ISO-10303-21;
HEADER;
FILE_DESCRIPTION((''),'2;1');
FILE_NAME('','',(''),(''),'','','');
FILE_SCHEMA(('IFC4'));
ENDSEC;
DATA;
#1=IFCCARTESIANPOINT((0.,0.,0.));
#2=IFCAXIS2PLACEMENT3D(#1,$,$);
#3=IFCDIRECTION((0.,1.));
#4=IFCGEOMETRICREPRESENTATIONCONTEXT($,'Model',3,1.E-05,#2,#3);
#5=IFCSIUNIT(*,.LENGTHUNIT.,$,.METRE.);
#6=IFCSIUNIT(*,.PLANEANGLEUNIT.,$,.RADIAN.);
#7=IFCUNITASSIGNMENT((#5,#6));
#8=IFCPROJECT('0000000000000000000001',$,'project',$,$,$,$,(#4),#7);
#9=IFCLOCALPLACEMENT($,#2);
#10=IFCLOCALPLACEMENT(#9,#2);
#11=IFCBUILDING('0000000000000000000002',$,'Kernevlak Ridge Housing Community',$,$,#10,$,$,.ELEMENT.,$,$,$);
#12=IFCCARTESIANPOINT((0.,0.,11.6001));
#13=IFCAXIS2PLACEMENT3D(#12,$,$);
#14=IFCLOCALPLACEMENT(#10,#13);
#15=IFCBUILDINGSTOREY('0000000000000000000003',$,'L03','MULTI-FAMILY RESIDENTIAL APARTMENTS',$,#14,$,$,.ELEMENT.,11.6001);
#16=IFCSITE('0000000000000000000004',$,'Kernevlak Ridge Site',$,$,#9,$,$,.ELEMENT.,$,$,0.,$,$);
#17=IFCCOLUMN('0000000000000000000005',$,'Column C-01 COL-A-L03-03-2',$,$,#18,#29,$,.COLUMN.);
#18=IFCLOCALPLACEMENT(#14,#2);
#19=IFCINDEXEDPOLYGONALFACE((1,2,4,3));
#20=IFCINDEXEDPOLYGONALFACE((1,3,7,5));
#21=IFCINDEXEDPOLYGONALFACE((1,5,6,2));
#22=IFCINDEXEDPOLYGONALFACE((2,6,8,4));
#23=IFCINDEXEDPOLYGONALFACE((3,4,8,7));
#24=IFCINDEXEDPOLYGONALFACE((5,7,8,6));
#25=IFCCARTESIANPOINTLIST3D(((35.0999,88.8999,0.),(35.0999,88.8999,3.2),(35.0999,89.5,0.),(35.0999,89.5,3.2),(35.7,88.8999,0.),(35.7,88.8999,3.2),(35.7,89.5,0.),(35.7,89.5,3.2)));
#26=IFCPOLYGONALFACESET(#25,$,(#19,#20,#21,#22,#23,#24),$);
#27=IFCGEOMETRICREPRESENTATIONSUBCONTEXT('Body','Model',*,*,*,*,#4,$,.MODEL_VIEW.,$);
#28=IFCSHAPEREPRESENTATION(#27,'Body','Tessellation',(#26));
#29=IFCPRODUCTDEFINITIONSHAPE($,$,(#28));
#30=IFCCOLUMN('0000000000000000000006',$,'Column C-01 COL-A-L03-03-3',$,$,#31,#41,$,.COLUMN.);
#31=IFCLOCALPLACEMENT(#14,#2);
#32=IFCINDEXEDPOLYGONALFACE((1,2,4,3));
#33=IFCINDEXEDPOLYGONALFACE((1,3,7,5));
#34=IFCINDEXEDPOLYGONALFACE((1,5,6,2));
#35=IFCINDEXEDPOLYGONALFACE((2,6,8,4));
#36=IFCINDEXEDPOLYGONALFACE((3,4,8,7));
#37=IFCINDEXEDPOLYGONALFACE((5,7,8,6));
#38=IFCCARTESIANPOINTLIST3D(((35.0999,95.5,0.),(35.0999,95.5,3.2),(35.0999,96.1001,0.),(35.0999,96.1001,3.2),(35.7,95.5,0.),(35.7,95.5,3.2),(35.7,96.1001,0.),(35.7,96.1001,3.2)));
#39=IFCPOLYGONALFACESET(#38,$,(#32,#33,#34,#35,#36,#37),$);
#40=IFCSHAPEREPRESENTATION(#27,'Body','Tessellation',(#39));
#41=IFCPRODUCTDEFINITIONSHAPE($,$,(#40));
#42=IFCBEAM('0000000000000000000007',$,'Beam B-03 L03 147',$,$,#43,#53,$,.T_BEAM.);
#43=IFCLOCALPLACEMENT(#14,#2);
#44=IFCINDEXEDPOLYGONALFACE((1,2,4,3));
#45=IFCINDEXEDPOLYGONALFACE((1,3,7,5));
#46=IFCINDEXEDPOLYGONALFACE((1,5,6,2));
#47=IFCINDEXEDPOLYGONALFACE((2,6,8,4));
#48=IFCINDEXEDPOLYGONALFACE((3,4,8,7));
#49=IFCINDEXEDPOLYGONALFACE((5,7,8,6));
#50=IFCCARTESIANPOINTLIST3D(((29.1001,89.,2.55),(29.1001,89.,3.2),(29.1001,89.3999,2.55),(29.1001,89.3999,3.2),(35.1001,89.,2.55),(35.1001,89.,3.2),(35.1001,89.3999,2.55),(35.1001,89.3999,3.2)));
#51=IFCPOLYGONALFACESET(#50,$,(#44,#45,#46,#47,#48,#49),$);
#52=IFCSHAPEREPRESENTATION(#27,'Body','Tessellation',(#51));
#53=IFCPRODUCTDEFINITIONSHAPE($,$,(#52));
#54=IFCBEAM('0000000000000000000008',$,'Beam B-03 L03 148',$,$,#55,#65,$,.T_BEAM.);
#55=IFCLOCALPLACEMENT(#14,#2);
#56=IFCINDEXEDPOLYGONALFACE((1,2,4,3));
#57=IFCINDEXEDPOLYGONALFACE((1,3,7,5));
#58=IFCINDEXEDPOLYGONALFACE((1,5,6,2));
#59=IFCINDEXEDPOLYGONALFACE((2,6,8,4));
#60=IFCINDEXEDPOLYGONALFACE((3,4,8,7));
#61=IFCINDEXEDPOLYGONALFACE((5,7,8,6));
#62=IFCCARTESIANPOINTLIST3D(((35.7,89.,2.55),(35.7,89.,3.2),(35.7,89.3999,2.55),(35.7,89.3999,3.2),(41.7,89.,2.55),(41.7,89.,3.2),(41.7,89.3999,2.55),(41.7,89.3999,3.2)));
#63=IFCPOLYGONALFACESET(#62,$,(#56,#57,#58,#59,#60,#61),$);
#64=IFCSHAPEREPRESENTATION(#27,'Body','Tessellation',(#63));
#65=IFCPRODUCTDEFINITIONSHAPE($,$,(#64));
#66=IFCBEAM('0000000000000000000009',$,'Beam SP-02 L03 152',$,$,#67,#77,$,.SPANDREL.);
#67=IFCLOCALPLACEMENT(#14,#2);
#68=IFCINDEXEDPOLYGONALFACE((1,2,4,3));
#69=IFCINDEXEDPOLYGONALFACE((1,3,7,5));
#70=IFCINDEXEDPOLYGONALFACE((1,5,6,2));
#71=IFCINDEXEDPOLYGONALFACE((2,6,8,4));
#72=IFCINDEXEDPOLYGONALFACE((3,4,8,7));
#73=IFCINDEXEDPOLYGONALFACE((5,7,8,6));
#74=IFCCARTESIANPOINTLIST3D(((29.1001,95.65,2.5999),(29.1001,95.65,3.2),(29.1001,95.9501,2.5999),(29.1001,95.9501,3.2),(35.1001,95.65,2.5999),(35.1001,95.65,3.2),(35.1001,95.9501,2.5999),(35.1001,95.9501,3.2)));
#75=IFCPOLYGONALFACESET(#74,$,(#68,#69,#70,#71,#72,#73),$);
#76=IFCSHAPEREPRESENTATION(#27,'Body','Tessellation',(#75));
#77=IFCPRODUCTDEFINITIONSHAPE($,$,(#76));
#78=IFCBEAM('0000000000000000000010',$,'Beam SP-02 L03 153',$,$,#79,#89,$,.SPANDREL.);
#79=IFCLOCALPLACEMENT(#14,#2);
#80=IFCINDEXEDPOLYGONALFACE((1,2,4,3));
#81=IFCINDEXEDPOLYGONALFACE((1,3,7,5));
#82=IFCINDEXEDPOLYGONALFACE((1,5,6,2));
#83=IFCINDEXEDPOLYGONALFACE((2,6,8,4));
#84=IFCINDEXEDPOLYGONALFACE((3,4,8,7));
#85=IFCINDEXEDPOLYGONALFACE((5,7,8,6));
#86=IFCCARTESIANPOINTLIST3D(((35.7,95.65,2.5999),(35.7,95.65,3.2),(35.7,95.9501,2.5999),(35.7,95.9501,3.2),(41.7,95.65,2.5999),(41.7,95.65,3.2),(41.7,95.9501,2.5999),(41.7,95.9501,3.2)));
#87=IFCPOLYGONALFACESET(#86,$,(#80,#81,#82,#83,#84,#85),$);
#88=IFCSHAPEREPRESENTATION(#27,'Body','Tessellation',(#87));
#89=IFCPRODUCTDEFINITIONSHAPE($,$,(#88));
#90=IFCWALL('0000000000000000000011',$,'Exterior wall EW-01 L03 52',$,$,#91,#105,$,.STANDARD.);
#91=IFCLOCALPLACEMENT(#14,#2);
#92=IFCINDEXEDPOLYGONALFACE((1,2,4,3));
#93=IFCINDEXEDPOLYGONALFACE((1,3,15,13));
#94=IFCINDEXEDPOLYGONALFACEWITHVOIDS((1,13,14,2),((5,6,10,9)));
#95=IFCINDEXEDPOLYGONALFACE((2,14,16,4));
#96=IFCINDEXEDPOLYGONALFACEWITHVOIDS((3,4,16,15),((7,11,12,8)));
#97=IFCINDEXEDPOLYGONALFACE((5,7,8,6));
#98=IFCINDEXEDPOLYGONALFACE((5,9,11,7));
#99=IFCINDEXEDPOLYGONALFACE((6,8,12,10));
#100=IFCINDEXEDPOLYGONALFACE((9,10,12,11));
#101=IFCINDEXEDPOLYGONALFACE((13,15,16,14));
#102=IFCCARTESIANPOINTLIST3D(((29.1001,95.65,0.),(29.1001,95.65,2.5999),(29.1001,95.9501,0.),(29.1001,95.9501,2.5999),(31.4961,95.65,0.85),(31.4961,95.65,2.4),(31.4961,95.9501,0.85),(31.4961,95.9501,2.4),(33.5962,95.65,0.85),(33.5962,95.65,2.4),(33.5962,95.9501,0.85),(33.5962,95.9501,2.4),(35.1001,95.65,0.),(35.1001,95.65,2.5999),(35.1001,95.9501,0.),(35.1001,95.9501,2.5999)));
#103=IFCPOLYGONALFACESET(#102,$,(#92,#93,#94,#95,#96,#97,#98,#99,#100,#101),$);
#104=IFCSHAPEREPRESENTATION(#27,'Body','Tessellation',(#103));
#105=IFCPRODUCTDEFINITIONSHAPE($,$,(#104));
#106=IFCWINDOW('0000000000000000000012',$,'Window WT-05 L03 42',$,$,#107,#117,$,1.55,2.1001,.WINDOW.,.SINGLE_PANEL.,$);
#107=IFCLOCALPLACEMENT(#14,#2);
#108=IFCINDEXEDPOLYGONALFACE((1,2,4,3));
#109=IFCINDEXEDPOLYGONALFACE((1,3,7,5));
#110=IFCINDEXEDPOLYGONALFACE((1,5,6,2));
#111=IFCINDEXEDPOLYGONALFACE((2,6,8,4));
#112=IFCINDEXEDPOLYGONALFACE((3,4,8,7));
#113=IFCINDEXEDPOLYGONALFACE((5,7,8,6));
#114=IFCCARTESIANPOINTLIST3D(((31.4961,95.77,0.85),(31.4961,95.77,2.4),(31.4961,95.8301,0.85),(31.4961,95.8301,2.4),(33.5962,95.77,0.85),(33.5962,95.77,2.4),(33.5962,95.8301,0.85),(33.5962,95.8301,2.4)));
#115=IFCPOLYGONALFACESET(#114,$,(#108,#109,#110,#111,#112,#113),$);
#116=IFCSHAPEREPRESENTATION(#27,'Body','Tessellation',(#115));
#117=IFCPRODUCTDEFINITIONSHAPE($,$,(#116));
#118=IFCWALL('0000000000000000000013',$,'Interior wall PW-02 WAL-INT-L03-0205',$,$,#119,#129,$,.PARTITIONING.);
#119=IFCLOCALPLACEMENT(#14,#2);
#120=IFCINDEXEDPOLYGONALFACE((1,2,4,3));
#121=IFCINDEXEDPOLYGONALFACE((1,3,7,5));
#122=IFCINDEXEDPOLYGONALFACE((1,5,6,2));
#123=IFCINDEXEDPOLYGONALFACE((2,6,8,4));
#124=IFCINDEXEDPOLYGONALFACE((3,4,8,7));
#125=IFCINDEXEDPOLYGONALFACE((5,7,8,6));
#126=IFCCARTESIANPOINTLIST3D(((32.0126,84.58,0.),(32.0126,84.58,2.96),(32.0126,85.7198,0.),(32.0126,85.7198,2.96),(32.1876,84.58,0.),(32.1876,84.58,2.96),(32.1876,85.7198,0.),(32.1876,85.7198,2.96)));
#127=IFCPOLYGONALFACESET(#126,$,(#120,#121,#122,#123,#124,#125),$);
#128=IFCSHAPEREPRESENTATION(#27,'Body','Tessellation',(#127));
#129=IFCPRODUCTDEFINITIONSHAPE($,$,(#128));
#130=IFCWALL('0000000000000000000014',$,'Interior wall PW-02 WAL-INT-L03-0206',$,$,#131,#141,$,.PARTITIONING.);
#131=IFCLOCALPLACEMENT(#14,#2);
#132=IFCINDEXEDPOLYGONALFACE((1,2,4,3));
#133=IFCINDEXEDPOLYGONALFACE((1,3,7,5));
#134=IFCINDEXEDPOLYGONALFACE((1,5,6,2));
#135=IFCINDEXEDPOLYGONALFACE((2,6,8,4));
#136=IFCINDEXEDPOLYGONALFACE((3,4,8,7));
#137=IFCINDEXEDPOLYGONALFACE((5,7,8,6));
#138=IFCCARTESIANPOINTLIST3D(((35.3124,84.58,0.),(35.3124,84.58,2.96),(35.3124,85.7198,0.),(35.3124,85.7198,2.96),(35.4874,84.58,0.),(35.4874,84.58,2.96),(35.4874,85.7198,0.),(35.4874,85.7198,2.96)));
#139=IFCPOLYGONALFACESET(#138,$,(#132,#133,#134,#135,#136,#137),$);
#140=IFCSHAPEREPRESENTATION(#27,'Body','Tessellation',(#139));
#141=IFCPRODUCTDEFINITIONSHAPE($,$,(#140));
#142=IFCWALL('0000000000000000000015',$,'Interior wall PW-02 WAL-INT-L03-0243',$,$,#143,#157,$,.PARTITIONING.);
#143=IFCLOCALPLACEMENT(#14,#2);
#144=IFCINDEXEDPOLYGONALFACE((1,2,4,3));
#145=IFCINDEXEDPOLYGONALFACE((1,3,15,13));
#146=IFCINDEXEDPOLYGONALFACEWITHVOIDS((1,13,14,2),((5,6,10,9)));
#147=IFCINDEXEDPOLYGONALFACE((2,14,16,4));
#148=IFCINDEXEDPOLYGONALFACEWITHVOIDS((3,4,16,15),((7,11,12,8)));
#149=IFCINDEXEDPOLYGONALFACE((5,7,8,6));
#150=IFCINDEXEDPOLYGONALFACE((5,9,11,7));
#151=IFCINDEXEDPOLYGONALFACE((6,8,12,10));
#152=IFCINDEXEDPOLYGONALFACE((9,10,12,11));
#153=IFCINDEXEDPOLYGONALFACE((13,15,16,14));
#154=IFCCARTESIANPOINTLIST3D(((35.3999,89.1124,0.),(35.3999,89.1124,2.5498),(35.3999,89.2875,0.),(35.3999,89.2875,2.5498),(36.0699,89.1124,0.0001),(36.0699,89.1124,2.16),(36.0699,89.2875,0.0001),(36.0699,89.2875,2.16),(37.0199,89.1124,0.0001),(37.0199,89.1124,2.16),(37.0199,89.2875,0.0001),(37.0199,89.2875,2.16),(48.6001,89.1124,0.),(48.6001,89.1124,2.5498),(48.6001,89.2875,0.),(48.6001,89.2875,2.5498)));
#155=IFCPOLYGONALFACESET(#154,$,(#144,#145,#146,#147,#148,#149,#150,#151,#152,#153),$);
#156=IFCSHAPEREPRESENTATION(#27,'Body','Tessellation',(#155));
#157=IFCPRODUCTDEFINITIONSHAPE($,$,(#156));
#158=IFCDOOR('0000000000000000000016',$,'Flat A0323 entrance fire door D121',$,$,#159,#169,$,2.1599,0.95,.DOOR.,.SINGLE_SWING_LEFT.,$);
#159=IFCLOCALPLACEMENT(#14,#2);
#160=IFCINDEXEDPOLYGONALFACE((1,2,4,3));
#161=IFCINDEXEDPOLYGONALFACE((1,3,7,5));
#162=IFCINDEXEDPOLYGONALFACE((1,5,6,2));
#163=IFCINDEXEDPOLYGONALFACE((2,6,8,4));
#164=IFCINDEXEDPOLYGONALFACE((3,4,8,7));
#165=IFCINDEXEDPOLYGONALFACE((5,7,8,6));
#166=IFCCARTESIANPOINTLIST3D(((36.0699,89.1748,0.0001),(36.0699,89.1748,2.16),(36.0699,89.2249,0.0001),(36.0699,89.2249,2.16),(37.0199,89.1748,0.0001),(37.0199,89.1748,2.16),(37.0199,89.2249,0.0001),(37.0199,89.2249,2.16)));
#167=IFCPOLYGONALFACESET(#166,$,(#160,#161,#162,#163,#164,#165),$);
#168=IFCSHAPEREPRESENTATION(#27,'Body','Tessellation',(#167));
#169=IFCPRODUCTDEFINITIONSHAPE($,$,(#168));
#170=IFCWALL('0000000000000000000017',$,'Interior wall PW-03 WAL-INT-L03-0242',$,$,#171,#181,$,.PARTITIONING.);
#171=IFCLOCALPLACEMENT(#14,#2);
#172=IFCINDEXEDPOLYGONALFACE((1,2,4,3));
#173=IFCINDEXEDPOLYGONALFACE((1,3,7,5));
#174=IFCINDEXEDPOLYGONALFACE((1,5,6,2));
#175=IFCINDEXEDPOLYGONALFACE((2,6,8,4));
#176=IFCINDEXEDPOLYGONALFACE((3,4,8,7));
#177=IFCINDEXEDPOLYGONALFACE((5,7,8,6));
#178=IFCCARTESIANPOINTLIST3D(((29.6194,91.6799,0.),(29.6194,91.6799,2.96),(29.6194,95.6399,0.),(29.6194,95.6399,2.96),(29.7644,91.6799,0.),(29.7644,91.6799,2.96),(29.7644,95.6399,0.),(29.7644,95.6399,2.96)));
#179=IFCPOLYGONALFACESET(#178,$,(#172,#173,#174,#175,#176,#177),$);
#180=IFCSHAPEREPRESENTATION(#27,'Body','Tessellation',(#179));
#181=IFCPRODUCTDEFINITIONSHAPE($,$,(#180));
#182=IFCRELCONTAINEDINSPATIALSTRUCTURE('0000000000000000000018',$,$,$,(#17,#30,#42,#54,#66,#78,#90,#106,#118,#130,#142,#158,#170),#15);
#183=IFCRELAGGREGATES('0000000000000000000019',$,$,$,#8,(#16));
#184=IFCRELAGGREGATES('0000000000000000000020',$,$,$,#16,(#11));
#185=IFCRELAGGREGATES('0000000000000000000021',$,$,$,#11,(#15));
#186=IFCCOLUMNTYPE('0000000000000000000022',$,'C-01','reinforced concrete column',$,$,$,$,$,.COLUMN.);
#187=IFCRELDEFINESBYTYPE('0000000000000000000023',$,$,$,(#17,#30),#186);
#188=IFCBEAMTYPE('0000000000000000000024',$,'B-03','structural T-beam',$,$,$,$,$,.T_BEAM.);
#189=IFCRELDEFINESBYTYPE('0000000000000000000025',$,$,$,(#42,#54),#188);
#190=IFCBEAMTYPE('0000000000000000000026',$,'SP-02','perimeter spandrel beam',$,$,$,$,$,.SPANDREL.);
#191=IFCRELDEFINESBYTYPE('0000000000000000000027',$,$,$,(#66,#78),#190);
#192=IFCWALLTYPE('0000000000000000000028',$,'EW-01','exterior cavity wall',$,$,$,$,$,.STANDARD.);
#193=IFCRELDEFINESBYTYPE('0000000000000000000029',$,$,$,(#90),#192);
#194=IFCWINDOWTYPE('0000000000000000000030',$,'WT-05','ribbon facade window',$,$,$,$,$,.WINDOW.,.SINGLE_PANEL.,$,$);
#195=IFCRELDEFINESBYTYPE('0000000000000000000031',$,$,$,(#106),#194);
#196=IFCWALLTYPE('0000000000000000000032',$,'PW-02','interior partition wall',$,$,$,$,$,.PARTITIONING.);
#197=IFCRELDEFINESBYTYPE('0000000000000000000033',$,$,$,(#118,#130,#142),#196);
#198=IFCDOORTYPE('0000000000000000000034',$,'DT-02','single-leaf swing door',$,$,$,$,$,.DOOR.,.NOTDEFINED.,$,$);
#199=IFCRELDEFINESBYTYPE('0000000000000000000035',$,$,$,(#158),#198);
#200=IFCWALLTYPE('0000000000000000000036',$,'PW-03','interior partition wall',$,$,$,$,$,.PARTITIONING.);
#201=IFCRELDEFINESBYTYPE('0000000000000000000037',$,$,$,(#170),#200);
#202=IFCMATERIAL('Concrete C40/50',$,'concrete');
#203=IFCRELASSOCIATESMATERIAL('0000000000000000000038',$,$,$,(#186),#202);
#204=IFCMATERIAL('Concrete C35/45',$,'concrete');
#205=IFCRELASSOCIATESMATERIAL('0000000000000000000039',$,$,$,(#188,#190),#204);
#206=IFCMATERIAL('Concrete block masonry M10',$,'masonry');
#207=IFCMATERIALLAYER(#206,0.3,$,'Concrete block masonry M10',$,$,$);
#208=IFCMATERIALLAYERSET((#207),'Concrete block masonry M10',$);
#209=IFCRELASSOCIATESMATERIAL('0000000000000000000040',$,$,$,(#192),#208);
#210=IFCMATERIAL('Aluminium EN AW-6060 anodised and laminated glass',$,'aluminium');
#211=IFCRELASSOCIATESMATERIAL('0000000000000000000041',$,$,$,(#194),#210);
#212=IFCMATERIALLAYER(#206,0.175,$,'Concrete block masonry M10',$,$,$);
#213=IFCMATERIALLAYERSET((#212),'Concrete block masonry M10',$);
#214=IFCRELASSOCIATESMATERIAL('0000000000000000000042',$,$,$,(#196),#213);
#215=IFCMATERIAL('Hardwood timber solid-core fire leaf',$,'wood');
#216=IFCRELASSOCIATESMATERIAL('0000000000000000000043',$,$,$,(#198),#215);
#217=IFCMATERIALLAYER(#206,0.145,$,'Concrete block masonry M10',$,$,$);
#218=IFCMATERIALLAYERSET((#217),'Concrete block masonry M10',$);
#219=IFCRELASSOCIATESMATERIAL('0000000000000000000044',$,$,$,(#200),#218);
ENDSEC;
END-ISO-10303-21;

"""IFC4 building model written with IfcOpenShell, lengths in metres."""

from ifc_helpers import new_model, si_unit, direction, frame, frame_2d, origin, origin_2d, place, context, subcontext, project, spatial, rectangle, extrude, material, layer, layer_set, material_profile, profile_set, type_object, element, fill, save


model = new_model("IFC4")

# Units and contexts
model_context = context("Model", 3, precision=1e-05, world=origin(), true_north=direction((0.0, 1.0)))
body_context = subcontext(model_context, "Body", "Model", "MODEL_VIEW")
ifc_project = project(units=[si_unit("LENGTHUNIT", "METRE"), si_unit("PLANEANGLEUNIT", "RADIAN")], contexts=[model_context])

# Site, building, storey
site_placement = place(None, origin())
site = spatial("IfcSite", under=ifc_project, at=site_placement, Name="Kernevlak Ridge Site", CompositionType="ELEMENT", RefElevation=0.0)
building_placement = place(site_placement, origin())
building = spatial("IfcBuilding", under=site, at=building_placement, Name="Kernevlak Ridge Housing Community", CompositionType="ELEMENT")
storey_placement = place(building_placement, frame((0.0, 0.0, 11.6001)))
storey = spatial("IfcBuildingStorey", under=building, at=storey_placement, Name="L03", Description="MULTI-FAMILY RESIDENTIAL APARTMENTS", CompositionType="ELEMENT", Elevation=11.6001)

# Columns
ifc_material_1 = material(Name="Concrete C40/50", Category="concrete")
ifc_material_profile_1 = material_profile(ifc_material_1, rectangle(XDim=0.6001, YDim=0.6001, at=origin_2d()), Name="RC 600x600")
ifc_profile_set_1 = profile_set([ifc_material_profile_1], Name="Concrete C40/50")
column_type = type_object("IfcColumnType", Name="C-01", Description="reinforced concrete column", PredefinedType="COLUMN", material=ifc_profile_set_1)
for number, where, z_axis, x_axis, name in (
    (1, (35.3999, 89.2, 0.0), (0.0, 0.0, 1.0), (1.0, 0.0, 0.0), "Column C-01 COL-A-L03-03-2"),
    (2, (35.3999, 95.8, 0.0), (0.0, 0.0, 1.0), (1.0, 0.0, 0.0), "Column C-01 COL-A-L03-03-3"),
):
    element("IfcColumn", number, at=place(storey_placement, frame(where, z_axis=z_axis, x_axis=x_axis)), inside=storey, type_object=column_type, Name=name, PredefinedType="COLUMN", context=body_context, shape_type="SweptSolid", body=[
        extrude(rectangle(XDim=0.6001, YDim=0.6001, at=origin_2d()), origin(), (0.0, 0.0, 1.0), 3.2),
    ])

# Beams
ifc_material_2 = material(Name="Concrete C35/45", Category="concrete")
ifc_material_profile_2 = material_profile(ifc_material_2, rectangle(XDim=0.3999, YDim=0.6499, at=origin_2d()), Name="RC 400x650")
ifc_profile_set_2 = profile_set([ifc_material_profile_2], Name="Concrete C35/45")
beam_type_1 = type_object("IfcBeamType", Name="B-03", Description="structural T-beam", PredefinedType="T_BEAM", material=ifc_profile_set_2)
for number, where, z_axis, x_axis, name in (
    (3, (29.1001, 89.2, 2.875), (1.0, 0.0, 0.0), (0.0, 1.0, 0.0), "Beam B-03 L03 147"),
    (4, (35.7, 89.2, 2.875), (1.0, 0.0, 0.0), (0.0, 1.0, 0.0), "Beam B-03 L03 148"),
):
    element("IfcBeam", number, at=place(storey_placement, frame(where, z_axis=z_axis, x_axis=x_axis)), inside=storey, type_object=beam_type_1, Name=name, PredefinedType="T_BEAM", context=body_context, shape_type="SweptSolid", body=[
        extrude(rectangle(XDim=0.3999, YDim=0.6499, at=origin_2d()), origin(), (0.0, 0.0, 1.0), 6.0),
    ])
ifc_material_profile_3 = material_profile(ifc_material_2, rectangle(XDim=0.3, YDim=0.6001, at=origin_2d()), Name="RC 300x600")
ifc_profile_set_3 = profile_set([ifc_material_profile_3], Name="Concrete C35/45")
beam_type_2 = type_object("IfcBeamType", Name="SP-02", Description="perimeter spandrel beam", PredefinedType="SPANDREL", material=ifc_profile_set_3)
for number, where, z_axis, x_axis, name in (
    (5, (29.1001, 95.8, 2.8999), (1.0, 0.0, 0.0), (0.0, 1.0, 0.0), "Beam SP-02 L03 152"),
    (6, (35.7, 95.8, 2.8999), (1.0, 0.0, 0.0), (0.0, 1.0, 0.0), "Beam SP-02 L03 153"),
):
    element("IfcBeam", number, at=place(storey_placement, frame(where, z_axis=z_axis, x_axis=x_axis)), inside=storey, type_object=beam_type_2, Name=name, PredefinedType="SPANDREL", context=body_context, shape_type="SweptSolid", body=[
        extrude(rectangle(XDim=0.3, YDim=0.6001, at=origin_2d()), origin(), (0.0, 0.0, 1.0), 6.0),
    ])

# Wall, opening, window
ifc_material_3 = material(Name="Concrete block masonry M10", Category="masonry")
ifc_layer_1 = layer(ifc_material_3, 0.3, Name="Concrete block masonry M10")
ifc_layer_set_1 = layer_set([ifc_layer_1], Name="Concrete block masonry M10")
wall_type_1 = type_object("IfcWallType", Name="EW-01", Description="exterior cavity wall", PredefinedType="STANDARD", material=ifc_layer_set_1)
wall_1_placement = place(storey_placement, frame((29.1001, 95.8, 0.0), z_axis=(0.0, 0.0, 1.0), x_axis=(1.0, 0.0, 0.0)))
wall_1 = element("IfcWall", 7, at=wall_1_placement, inside=storey, type_object=wall_type_1, Name="Exterior wall EW-01 L03 52", PredefinedType="STANDARD", context=body_context, shape_type="SweptSolid", body=[
    extrude(rectangle(XDim=6.0, YDim=0.3, at=frame_2d((3.0, 0.0))), origin(), (0.0, 0.0, 1.0), 2.5999),
])
opening_1_placement = place(wall_1_placement, frame((2.396, 0.0, 0.8501)))
opening_1 = element("IfcOpeningElement", 8, at=opening_1_placement, cuts=wall_1, PredefinedType="OPENING", context=body_context, shape_type="SweptSolid", body=[
    extrude(rectangle(XDim=2.1001, YDim=1.55, at=frame_2d((1.05, 0.7749))), frame((0.0, 0.1599, 0.0), z_axis=(0.0, -1.0, 0.0), x_axis=(1.0, 0.0, 0.0)), (0.0, 0.0, 1.0), 0.3201),
])
ifc_material_4 = material(Name="Aluminium EN AW-6060 anodised and laminated glass", Category="aluminium")
window_type = type_object("IfcWindowType", Name="WT-05", Description="ribbon facade window", PartitioningType="SINGLE_PANEL", PredefinedType="WINDOW", material=ifc_material_4)
window_placement = place(opening_1_placement, origin())
window = element("IfcWindow", 9, at=window_placement, inside=storey, type_object=window_type, Name="Window WT-05 L03 42", OverallHeight=1.55, OverallWidth=2.1001, PartitioningType="SINGLE_PANEL", PredefinedType="WINDOW", context=body_context, shape_type="SweptSolid", body=[
    extrude(rectangle(XDim=2.1001, YDim=1.55, at=frame_2d((1.05, 0.7749))), frame((0.0, 0.03, 0.0), z_axis=(0.0, -1.0, 0.0), x_axis=(1.0, 0.0, 0.0)), (0.0, 0.0, 1.0), 0.0601),
])
fill(opening_1, window)

# Walls
ifc_layer_2 = layer(ifc_material_3, 0.175, Name="Concrete block masonry M10")
ifc_layer_set_2 = layer_set([ifc_layer_2], Name="Concrete block masonry M10")
wall_type_2 = type_object("IfcWallType", Name="PW-02", Description="interior partition wall", PredefinedType="PARTITIONING", material=ifc_layer_set_2)
for number, where, z_axis, x_axis, name in (
    (10, (32.1001, 84.5801, 0.0), (0.0, 0.0, 1.0), (0.0, 1.0, 0.0), "Interior wall PW-02 WAL-INT-L03-0205"),
    (11, (35.3999, 84.5801, 0.0), (0.0, 0.0, 1.0), (0.0, 1.0, 0.0), "Interior wall PW-02 WAL-INT-L03-0206"),
):
    element("IfcWall", number, at=place(storey_placement, frame(where, z_axis=z_axis, x_axis=x_axis)), inside=storey, type_object=wall_type_2, Name=name, PredefinedType="PARTITIONING", context=body_context, shape_type="SweptSolid", body=[
        extrude(rectangle(XDim=1.1399, YDim=0.175, at=frame_2d((0.5698, 0.0))), origin(), (0.0, 0.0, 1.0), 2.96),
    ])

# Wall, opening, door
wall_2_placement = place(storey_placement, frame((35.3999, 89.2, 0.0), z_axis=(0.0, 0.0, 1.0), x_axis=(1.0, 0.0, 0.0)))
wall_2 = element("IfcWall", 12, at=wall_2_placement, inside=storey, type_object=wall_type_2, Name="Interior wall PW-02 WAL-INT-L03-0243", PredefinedType="PARTITIONING", context=body_context, shape_type="SweptSolid", body=[
    extrude(rectangle(XDim=13.2002, YDim=0.175, at=frame_2d((6.6001, 0.0))), origin(), (0.0, 0.0, 1.0), 2.5498),
])
opening_2_placement = place(wall_2_placement, frame((0.6699, 0.0, 0.0)))
opening_2 = element("IfcOpeningElement", 13, at=opening_2_placement, cuts=wall_2, PredefinedType="OPENING", context=body_context, shape_type="SweptSolid", body=[
    extrude(rectangle(XDim=0.95, YDim=2.1599, at=frame_2d((0.4751, 1.0801))), frame((0.0, 0.0974, 0.0), z_axis=(0.0, -1.0, 0.0), x_axis=(1.0, 0.0, 0.0)), (0.0, 0.0, 1.0), 0.1951),
])
ifc_material_5 = material(Name="Hardwood timber solid-core fire leaf", Category="wood")
door_type_1 = type_object("IfcDoorType", Name="DT-02", Description="single-leaf swing door", OperationType="NOTDEFINED", PredefinedType="DOOR", material=ifc_material_5)
door_1_placement = place(opening_2_placement, origin())
door_1 = element("IfcDoor", 14, at=door_1_placement, inside=storey, type_object=door_type_1, Name="Flat A0323 entrance fire door D121", OperationType="SINGLE_SWING_LEFT", OverallHeight=2.1599, OverallWidth=0.95, PredefinedType="DOOR", context=body_context, shape_type="SweptSolid", body=[
    extrude(rectangle(XDim=0.95, YDim=2.1599, at=frame_2d((0.4751, 1.0801))), frame((0.0, 0.0249, 0.0), z_axis=(0.0, -1.0, 0.0), x_axis=(1.0, 0.0, 0.0)), (0.0, 0.0, 1.0), 0.05),
])
fill(opening_2, door_1)

# Wall
ifc_layer_3 = layer(ifc_material_3, 0.145, Name="Concrete block masonry M10")
ifc_layer_set_3 = layer_set([ifc_layer_3], Name="Concrete block masonry M10")
wall_type_3 = type_object("IfcWallType", Name="PW-03", Description="interior partition wall", PredefinedType="PARTITIONING", material=ifc_layer_set_3)
wall_3_placement = place(storey_placement, frame((29.6919, 91.6799, 0.0), z_axis=(0.0, 0.0, 1.0), x_axis=(0.0, 1.0, 0.0)))
element("IfcWall", 15, at=wall_3_placement, inside=storey, type_object=wall_type_3, Name="Interior wall PW-03 WAL-INT-L03-0242", PredefinedType="PARTITIONING", context=body_context, shape_type="SweptSolid", body=[
    extrude(rectangle(XDim=3.96, YDim=0.145, at=frame_2d((1.98, 0.0))), origin(), (0.0, 0.0, 1.0), 2.96),
])

save(model, "model.ifc")
